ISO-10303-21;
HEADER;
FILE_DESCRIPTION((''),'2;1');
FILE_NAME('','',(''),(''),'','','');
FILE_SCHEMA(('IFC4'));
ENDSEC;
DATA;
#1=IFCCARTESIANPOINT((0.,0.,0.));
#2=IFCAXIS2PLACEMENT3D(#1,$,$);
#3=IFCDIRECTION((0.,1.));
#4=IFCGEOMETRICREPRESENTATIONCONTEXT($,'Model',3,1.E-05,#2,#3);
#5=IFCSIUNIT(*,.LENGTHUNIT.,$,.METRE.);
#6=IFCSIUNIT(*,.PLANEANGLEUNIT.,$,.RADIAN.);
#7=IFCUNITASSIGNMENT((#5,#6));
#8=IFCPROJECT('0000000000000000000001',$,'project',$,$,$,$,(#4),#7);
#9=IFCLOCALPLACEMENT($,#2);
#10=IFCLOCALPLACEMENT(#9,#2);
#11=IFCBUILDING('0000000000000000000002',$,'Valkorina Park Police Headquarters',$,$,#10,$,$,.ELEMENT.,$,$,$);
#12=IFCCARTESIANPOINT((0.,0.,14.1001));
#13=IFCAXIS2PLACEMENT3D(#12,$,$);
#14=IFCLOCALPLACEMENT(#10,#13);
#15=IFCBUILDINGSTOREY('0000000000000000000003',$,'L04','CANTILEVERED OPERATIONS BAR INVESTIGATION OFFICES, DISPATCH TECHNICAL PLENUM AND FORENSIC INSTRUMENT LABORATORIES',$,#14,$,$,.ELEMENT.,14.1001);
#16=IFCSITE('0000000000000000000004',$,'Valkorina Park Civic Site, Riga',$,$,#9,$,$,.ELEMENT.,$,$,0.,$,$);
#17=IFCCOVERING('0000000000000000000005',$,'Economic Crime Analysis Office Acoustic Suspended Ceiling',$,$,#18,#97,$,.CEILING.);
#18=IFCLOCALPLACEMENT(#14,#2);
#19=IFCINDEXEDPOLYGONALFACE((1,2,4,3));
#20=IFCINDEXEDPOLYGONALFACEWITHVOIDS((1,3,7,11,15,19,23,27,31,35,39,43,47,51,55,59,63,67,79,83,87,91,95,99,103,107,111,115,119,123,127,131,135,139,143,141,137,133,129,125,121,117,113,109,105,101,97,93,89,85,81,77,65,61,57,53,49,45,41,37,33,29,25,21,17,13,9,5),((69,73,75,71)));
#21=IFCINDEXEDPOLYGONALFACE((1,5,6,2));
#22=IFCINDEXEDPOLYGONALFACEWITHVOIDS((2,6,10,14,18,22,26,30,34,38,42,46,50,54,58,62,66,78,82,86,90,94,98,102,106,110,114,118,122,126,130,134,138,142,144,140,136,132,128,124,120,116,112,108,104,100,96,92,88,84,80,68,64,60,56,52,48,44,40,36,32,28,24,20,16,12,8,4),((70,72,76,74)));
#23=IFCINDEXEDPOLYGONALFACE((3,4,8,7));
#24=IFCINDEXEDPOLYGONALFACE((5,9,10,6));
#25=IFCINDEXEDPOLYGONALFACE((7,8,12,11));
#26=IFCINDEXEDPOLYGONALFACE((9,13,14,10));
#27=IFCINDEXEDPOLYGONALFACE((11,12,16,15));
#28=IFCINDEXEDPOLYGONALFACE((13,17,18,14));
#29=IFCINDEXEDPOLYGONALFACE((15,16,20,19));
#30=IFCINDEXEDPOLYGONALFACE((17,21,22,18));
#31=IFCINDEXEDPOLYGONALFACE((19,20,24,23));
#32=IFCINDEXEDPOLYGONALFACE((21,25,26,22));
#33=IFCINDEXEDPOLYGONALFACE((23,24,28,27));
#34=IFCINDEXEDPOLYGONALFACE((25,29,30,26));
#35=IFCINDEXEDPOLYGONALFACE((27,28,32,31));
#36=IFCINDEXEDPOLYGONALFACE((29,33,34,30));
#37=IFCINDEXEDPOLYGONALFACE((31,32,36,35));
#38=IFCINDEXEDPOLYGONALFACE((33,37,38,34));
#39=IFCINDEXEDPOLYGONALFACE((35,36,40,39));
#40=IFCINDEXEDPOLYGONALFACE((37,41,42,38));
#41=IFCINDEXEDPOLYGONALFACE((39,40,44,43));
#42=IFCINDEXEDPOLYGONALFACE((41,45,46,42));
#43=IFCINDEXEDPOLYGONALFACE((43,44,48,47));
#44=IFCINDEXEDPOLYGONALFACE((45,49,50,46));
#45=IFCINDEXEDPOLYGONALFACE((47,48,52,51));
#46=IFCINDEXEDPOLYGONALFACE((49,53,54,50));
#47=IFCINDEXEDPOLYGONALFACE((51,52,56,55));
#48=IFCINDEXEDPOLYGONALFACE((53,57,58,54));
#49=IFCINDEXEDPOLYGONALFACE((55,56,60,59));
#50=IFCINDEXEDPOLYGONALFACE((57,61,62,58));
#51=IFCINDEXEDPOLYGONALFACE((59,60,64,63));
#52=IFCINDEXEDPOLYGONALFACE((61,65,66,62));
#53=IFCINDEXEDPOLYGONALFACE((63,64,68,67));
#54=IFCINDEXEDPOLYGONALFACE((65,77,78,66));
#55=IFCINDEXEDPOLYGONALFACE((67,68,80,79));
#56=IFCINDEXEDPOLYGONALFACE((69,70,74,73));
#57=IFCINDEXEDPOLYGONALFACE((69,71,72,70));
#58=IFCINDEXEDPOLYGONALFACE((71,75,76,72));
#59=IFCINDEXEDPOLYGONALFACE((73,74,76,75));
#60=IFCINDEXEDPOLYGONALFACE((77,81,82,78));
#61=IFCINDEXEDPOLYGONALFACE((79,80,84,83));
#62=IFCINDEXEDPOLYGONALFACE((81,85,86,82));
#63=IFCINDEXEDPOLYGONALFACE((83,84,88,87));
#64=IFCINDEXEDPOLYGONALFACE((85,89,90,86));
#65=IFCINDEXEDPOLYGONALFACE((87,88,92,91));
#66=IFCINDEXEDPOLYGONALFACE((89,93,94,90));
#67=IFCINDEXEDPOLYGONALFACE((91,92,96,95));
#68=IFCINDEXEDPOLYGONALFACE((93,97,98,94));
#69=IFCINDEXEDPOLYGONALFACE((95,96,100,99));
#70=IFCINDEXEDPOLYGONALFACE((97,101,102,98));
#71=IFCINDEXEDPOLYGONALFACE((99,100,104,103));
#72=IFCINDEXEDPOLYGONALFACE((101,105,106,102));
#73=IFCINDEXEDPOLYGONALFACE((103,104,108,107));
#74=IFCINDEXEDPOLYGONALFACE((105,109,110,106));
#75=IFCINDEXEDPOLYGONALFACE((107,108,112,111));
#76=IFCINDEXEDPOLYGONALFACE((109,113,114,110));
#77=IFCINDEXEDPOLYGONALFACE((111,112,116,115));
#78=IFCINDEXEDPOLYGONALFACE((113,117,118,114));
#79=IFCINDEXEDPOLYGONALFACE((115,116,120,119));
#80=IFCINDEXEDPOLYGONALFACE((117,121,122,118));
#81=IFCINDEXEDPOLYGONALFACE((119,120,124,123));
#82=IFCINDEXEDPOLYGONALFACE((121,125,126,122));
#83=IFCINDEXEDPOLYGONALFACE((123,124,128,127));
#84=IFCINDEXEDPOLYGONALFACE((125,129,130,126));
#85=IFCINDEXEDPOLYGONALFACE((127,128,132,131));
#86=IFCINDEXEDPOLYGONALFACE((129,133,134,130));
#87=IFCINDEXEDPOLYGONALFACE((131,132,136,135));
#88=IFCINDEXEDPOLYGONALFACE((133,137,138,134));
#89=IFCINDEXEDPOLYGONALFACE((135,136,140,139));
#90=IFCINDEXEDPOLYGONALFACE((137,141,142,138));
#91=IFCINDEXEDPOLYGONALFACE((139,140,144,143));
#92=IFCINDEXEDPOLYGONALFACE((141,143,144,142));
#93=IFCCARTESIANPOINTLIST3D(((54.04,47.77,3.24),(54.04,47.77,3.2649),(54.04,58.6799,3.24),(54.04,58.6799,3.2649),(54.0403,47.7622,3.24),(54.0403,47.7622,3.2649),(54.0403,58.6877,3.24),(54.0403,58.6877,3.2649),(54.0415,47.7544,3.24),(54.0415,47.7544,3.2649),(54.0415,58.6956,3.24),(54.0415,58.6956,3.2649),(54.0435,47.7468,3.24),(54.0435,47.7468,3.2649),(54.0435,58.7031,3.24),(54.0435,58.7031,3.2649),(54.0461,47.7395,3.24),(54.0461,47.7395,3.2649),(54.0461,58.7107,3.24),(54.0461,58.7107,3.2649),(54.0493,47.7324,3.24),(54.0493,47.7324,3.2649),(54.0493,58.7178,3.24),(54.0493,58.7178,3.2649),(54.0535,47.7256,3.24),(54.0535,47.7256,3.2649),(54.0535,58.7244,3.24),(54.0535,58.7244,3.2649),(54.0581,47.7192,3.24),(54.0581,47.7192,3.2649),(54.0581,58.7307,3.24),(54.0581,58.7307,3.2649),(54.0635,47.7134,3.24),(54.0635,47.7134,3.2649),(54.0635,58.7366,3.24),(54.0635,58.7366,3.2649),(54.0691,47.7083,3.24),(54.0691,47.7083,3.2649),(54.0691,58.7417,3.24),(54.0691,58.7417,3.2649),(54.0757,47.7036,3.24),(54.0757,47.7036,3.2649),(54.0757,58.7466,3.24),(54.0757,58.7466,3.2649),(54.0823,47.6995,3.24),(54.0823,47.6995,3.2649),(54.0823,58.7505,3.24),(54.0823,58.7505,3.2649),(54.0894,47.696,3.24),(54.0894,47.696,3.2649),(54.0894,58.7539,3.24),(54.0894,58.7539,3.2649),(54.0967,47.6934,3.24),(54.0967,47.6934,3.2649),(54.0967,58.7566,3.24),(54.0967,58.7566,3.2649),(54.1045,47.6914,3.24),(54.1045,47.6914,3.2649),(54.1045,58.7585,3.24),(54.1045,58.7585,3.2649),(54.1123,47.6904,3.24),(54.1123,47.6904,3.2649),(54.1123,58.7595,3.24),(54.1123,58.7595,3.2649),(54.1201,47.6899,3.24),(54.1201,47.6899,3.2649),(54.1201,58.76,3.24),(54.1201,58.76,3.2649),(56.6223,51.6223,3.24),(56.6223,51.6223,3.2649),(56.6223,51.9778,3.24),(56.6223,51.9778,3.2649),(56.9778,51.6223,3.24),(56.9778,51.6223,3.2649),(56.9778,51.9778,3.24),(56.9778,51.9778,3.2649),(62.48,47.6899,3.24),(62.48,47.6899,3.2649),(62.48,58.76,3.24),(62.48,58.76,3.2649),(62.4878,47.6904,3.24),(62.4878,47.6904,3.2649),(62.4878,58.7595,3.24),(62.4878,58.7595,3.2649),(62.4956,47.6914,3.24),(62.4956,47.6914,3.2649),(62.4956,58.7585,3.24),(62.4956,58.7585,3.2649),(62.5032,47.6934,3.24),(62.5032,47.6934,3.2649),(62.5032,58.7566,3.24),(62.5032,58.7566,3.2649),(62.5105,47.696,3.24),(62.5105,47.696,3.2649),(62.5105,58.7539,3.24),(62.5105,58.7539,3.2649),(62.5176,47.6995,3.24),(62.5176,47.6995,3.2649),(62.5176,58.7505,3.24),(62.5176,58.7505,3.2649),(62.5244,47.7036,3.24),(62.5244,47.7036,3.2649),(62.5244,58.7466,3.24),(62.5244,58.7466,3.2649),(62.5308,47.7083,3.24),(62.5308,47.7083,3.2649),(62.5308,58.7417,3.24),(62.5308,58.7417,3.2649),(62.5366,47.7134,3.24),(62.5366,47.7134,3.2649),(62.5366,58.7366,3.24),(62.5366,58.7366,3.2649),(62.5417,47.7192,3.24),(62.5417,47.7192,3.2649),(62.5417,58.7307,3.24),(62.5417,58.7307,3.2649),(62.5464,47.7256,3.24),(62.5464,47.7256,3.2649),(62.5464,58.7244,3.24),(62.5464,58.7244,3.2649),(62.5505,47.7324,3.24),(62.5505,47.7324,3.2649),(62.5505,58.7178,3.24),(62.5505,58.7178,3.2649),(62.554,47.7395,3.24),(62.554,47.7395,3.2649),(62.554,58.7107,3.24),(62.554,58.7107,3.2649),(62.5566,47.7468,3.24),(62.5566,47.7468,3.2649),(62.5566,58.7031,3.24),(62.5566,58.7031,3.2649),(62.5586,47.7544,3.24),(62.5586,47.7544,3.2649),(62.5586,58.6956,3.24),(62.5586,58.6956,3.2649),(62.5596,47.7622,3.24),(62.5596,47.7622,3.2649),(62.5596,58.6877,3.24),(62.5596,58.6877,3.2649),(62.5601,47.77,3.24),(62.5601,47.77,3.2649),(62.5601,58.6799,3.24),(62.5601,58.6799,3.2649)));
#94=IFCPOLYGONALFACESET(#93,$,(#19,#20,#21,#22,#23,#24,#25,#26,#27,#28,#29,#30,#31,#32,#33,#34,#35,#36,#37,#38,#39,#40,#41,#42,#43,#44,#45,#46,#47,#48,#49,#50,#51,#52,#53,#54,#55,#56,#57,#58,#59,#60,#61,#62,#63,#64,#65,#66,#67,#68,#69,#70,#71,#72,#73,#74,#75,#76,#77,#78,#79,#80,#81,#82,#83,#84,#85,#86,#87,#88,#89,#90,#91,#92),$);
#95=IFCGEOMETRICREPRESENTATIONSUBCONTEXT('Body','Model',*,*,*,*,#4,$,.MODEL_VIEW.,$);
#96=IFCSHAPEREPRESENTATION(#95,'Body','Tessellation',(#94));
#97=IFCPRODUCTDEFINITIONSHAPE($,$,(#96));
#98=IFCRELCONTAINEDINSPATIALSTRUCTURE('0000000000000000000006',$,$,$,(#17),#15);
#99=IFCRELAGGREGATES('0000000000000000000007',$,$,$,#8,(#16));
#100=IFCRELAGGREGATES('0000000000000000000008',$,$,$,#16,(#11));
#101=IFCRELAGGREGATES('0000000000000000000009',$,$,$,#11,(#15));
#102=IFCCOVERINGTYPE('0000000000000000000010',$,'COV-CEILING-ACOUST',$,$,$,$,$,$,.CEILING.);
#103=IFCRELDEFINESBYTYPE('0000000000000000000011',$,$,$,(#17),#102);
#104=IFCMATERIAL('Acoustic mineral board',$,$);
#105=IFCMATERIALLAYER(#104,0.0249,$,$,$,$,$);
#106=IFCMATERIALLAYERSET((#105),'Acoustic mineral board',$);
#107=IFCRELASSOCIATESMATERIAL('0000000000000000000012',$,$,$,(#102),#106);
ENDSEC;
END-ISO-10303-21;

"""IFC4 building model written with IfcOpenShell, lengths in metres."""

from ifc_helpers import new_model, si_unit, direction, frame, origin, place, context, subcontext, project, spatial, polyline, outline, extrude, material, layer, layer_set, type_object, element, save


model = new_model("IFC4")

# Units and contexts
model_context = context("Model", 3, precision=1e-05, world=origin(), true_north=direction((0.0, 1.0)))
body_context = subcontext(model_context, "Body", "Model", "MODEL_VIEW")
ifc_project = project(units=[si_unit("LENGTHUNIT", "METRE"), si_unit("PLANEANGLEUNIT", "RADIAN")], contexts=[model_context])

# Site, building, storey
site_placement = place(None, origin())
site = spatial("IfcSite", under=ifc_project, at=site_placement, Name="Valkorina Park Civic Site, Riga", CompositionType="ELEMENT", RefElevation=0.0)
building_placement = place(site_placement, origin())
building = spatial("IfcBuilding", under=site, at=building_placement, Name="Valkorina Park Police Headquarters", CompositionType="ELEMENT")
storey_placement = place(building_placement, frame((0.0, 0.0, 14.1001)))
storey = spatial("IfcBuildingStorey", under=building, at=storey_placement, Name="L04", Description="CANTILEVERED OPERATIONS BAR INVESTIGATION OFFICES, DISPATCH TECHNICAL PLENUM AND FORENSIC INSTRUMENT LABORATORIES", CompositionType="ELEMENT", Elevation=14.1001)

# Covering
ifc_material_1 = material(Name="Acoustic mineral board")
ifc_layer_1 = layer(ifc_material_1, 0.0249)
ifc_layer_set_1 = layer_set([ifc_layer_1], Name="Acoustic mineral board")
covering_type_1 = type_object("IfcCoveringType", Name="COV-CEILING-ACOUST", PredefinedType="CEILING", material=ifc_layer_set_1)
covering_1_placement = place(storey_placement, frame((0.0, 0.0, 3.24)))
element("IfcCovering", 1, at=covering_1_placement, inside=storey, type_object=covering_type_1, Name="Economic Crime Analysis Office Acoustic Suspended Ceiling", PredefinedType="CEILING", context=body_context, shape_type="SweptSolid", body=[
    extrude(outline(polyline([(62.5586, 47.7544), (62.5596, 47.7622), (62.5601, 47.77), (62.5601, 58.6799), (62.5596, 58.6877), (62.5586, 58.6956), (62.5566, 58.7031), (62.554, 58.7107), (62.5505, 58.7178), (62.5464, 58.7244), (62.5417, 58.7307), (62.5366, 58.7366), (62.5308, 58.7417), (62.5244, 58.7466), (62.5176, 58.7505), (62.5105, 58.7539), (62.5032, 58.7566), (62.4956, 58.7585), (62.4878, 58.7595), (62.48, 58.76), (54.1201, 58.76), (54.1123, 58.7595), (54.1045, 58.7585), (54.0967, 58.7566), (54.0894, 58.7539), (54.0823, 58.7505), (54.0757, 58.7466), (54.0691, 58.7417), (54.0635, 58.7366), (54.0581, 58.7307), (54.0535, 58.7244), (54.0493, 58.7178), (54.0461, 58.7107), (54.0435, 58.7031), (54.0415, 58.6956), (54.0403, 58.6877), (54.04, 58.6799), (54.04, 47.77), (54.0403, 47.7622), (54.0415, 47.7544), (54.0435, 47.7468), (54.0461, 47.7395), (54.0493, 47.7324), (54.0535, 47.7256), (54.0581, 47.7192), (54.0635, 47.7134), (54.0691, 47.7083), (54.0757, 47.7036), (54.0823, 47.6995), (54.0894, 47.696), (54.0967, 47.6934), (54.1045, 47.6914), (54.1123, 47.6904), (54.1201, 47.6899), (62.48, 47.6899), (62.4878, 47.6904), (62.4956, 47.6914), (62.5032, 47.6934), (62.5105, 47.696), (62.5176, 47.6995), (62.5244, 47.7036), (62.5308, 47.7083), (62.5366, 47.7134), (62.5417, 47.7192), (62.5464, 47.7256), (62.5505, 47.7324), (62.554, 47.7395), (62.5566, 47.7468), (62.5586, 47.7544)]), holes=[polyline([(56.9778, 51.9778), (56.9778, 51.6223), (56.6223, 51.6223), (56.6223, 51.9778), (56.9778, 51.9778)])]), origin(), (0.0, 0.0, 1.0), 0.0249),
])

save(model, "model.ifc")
